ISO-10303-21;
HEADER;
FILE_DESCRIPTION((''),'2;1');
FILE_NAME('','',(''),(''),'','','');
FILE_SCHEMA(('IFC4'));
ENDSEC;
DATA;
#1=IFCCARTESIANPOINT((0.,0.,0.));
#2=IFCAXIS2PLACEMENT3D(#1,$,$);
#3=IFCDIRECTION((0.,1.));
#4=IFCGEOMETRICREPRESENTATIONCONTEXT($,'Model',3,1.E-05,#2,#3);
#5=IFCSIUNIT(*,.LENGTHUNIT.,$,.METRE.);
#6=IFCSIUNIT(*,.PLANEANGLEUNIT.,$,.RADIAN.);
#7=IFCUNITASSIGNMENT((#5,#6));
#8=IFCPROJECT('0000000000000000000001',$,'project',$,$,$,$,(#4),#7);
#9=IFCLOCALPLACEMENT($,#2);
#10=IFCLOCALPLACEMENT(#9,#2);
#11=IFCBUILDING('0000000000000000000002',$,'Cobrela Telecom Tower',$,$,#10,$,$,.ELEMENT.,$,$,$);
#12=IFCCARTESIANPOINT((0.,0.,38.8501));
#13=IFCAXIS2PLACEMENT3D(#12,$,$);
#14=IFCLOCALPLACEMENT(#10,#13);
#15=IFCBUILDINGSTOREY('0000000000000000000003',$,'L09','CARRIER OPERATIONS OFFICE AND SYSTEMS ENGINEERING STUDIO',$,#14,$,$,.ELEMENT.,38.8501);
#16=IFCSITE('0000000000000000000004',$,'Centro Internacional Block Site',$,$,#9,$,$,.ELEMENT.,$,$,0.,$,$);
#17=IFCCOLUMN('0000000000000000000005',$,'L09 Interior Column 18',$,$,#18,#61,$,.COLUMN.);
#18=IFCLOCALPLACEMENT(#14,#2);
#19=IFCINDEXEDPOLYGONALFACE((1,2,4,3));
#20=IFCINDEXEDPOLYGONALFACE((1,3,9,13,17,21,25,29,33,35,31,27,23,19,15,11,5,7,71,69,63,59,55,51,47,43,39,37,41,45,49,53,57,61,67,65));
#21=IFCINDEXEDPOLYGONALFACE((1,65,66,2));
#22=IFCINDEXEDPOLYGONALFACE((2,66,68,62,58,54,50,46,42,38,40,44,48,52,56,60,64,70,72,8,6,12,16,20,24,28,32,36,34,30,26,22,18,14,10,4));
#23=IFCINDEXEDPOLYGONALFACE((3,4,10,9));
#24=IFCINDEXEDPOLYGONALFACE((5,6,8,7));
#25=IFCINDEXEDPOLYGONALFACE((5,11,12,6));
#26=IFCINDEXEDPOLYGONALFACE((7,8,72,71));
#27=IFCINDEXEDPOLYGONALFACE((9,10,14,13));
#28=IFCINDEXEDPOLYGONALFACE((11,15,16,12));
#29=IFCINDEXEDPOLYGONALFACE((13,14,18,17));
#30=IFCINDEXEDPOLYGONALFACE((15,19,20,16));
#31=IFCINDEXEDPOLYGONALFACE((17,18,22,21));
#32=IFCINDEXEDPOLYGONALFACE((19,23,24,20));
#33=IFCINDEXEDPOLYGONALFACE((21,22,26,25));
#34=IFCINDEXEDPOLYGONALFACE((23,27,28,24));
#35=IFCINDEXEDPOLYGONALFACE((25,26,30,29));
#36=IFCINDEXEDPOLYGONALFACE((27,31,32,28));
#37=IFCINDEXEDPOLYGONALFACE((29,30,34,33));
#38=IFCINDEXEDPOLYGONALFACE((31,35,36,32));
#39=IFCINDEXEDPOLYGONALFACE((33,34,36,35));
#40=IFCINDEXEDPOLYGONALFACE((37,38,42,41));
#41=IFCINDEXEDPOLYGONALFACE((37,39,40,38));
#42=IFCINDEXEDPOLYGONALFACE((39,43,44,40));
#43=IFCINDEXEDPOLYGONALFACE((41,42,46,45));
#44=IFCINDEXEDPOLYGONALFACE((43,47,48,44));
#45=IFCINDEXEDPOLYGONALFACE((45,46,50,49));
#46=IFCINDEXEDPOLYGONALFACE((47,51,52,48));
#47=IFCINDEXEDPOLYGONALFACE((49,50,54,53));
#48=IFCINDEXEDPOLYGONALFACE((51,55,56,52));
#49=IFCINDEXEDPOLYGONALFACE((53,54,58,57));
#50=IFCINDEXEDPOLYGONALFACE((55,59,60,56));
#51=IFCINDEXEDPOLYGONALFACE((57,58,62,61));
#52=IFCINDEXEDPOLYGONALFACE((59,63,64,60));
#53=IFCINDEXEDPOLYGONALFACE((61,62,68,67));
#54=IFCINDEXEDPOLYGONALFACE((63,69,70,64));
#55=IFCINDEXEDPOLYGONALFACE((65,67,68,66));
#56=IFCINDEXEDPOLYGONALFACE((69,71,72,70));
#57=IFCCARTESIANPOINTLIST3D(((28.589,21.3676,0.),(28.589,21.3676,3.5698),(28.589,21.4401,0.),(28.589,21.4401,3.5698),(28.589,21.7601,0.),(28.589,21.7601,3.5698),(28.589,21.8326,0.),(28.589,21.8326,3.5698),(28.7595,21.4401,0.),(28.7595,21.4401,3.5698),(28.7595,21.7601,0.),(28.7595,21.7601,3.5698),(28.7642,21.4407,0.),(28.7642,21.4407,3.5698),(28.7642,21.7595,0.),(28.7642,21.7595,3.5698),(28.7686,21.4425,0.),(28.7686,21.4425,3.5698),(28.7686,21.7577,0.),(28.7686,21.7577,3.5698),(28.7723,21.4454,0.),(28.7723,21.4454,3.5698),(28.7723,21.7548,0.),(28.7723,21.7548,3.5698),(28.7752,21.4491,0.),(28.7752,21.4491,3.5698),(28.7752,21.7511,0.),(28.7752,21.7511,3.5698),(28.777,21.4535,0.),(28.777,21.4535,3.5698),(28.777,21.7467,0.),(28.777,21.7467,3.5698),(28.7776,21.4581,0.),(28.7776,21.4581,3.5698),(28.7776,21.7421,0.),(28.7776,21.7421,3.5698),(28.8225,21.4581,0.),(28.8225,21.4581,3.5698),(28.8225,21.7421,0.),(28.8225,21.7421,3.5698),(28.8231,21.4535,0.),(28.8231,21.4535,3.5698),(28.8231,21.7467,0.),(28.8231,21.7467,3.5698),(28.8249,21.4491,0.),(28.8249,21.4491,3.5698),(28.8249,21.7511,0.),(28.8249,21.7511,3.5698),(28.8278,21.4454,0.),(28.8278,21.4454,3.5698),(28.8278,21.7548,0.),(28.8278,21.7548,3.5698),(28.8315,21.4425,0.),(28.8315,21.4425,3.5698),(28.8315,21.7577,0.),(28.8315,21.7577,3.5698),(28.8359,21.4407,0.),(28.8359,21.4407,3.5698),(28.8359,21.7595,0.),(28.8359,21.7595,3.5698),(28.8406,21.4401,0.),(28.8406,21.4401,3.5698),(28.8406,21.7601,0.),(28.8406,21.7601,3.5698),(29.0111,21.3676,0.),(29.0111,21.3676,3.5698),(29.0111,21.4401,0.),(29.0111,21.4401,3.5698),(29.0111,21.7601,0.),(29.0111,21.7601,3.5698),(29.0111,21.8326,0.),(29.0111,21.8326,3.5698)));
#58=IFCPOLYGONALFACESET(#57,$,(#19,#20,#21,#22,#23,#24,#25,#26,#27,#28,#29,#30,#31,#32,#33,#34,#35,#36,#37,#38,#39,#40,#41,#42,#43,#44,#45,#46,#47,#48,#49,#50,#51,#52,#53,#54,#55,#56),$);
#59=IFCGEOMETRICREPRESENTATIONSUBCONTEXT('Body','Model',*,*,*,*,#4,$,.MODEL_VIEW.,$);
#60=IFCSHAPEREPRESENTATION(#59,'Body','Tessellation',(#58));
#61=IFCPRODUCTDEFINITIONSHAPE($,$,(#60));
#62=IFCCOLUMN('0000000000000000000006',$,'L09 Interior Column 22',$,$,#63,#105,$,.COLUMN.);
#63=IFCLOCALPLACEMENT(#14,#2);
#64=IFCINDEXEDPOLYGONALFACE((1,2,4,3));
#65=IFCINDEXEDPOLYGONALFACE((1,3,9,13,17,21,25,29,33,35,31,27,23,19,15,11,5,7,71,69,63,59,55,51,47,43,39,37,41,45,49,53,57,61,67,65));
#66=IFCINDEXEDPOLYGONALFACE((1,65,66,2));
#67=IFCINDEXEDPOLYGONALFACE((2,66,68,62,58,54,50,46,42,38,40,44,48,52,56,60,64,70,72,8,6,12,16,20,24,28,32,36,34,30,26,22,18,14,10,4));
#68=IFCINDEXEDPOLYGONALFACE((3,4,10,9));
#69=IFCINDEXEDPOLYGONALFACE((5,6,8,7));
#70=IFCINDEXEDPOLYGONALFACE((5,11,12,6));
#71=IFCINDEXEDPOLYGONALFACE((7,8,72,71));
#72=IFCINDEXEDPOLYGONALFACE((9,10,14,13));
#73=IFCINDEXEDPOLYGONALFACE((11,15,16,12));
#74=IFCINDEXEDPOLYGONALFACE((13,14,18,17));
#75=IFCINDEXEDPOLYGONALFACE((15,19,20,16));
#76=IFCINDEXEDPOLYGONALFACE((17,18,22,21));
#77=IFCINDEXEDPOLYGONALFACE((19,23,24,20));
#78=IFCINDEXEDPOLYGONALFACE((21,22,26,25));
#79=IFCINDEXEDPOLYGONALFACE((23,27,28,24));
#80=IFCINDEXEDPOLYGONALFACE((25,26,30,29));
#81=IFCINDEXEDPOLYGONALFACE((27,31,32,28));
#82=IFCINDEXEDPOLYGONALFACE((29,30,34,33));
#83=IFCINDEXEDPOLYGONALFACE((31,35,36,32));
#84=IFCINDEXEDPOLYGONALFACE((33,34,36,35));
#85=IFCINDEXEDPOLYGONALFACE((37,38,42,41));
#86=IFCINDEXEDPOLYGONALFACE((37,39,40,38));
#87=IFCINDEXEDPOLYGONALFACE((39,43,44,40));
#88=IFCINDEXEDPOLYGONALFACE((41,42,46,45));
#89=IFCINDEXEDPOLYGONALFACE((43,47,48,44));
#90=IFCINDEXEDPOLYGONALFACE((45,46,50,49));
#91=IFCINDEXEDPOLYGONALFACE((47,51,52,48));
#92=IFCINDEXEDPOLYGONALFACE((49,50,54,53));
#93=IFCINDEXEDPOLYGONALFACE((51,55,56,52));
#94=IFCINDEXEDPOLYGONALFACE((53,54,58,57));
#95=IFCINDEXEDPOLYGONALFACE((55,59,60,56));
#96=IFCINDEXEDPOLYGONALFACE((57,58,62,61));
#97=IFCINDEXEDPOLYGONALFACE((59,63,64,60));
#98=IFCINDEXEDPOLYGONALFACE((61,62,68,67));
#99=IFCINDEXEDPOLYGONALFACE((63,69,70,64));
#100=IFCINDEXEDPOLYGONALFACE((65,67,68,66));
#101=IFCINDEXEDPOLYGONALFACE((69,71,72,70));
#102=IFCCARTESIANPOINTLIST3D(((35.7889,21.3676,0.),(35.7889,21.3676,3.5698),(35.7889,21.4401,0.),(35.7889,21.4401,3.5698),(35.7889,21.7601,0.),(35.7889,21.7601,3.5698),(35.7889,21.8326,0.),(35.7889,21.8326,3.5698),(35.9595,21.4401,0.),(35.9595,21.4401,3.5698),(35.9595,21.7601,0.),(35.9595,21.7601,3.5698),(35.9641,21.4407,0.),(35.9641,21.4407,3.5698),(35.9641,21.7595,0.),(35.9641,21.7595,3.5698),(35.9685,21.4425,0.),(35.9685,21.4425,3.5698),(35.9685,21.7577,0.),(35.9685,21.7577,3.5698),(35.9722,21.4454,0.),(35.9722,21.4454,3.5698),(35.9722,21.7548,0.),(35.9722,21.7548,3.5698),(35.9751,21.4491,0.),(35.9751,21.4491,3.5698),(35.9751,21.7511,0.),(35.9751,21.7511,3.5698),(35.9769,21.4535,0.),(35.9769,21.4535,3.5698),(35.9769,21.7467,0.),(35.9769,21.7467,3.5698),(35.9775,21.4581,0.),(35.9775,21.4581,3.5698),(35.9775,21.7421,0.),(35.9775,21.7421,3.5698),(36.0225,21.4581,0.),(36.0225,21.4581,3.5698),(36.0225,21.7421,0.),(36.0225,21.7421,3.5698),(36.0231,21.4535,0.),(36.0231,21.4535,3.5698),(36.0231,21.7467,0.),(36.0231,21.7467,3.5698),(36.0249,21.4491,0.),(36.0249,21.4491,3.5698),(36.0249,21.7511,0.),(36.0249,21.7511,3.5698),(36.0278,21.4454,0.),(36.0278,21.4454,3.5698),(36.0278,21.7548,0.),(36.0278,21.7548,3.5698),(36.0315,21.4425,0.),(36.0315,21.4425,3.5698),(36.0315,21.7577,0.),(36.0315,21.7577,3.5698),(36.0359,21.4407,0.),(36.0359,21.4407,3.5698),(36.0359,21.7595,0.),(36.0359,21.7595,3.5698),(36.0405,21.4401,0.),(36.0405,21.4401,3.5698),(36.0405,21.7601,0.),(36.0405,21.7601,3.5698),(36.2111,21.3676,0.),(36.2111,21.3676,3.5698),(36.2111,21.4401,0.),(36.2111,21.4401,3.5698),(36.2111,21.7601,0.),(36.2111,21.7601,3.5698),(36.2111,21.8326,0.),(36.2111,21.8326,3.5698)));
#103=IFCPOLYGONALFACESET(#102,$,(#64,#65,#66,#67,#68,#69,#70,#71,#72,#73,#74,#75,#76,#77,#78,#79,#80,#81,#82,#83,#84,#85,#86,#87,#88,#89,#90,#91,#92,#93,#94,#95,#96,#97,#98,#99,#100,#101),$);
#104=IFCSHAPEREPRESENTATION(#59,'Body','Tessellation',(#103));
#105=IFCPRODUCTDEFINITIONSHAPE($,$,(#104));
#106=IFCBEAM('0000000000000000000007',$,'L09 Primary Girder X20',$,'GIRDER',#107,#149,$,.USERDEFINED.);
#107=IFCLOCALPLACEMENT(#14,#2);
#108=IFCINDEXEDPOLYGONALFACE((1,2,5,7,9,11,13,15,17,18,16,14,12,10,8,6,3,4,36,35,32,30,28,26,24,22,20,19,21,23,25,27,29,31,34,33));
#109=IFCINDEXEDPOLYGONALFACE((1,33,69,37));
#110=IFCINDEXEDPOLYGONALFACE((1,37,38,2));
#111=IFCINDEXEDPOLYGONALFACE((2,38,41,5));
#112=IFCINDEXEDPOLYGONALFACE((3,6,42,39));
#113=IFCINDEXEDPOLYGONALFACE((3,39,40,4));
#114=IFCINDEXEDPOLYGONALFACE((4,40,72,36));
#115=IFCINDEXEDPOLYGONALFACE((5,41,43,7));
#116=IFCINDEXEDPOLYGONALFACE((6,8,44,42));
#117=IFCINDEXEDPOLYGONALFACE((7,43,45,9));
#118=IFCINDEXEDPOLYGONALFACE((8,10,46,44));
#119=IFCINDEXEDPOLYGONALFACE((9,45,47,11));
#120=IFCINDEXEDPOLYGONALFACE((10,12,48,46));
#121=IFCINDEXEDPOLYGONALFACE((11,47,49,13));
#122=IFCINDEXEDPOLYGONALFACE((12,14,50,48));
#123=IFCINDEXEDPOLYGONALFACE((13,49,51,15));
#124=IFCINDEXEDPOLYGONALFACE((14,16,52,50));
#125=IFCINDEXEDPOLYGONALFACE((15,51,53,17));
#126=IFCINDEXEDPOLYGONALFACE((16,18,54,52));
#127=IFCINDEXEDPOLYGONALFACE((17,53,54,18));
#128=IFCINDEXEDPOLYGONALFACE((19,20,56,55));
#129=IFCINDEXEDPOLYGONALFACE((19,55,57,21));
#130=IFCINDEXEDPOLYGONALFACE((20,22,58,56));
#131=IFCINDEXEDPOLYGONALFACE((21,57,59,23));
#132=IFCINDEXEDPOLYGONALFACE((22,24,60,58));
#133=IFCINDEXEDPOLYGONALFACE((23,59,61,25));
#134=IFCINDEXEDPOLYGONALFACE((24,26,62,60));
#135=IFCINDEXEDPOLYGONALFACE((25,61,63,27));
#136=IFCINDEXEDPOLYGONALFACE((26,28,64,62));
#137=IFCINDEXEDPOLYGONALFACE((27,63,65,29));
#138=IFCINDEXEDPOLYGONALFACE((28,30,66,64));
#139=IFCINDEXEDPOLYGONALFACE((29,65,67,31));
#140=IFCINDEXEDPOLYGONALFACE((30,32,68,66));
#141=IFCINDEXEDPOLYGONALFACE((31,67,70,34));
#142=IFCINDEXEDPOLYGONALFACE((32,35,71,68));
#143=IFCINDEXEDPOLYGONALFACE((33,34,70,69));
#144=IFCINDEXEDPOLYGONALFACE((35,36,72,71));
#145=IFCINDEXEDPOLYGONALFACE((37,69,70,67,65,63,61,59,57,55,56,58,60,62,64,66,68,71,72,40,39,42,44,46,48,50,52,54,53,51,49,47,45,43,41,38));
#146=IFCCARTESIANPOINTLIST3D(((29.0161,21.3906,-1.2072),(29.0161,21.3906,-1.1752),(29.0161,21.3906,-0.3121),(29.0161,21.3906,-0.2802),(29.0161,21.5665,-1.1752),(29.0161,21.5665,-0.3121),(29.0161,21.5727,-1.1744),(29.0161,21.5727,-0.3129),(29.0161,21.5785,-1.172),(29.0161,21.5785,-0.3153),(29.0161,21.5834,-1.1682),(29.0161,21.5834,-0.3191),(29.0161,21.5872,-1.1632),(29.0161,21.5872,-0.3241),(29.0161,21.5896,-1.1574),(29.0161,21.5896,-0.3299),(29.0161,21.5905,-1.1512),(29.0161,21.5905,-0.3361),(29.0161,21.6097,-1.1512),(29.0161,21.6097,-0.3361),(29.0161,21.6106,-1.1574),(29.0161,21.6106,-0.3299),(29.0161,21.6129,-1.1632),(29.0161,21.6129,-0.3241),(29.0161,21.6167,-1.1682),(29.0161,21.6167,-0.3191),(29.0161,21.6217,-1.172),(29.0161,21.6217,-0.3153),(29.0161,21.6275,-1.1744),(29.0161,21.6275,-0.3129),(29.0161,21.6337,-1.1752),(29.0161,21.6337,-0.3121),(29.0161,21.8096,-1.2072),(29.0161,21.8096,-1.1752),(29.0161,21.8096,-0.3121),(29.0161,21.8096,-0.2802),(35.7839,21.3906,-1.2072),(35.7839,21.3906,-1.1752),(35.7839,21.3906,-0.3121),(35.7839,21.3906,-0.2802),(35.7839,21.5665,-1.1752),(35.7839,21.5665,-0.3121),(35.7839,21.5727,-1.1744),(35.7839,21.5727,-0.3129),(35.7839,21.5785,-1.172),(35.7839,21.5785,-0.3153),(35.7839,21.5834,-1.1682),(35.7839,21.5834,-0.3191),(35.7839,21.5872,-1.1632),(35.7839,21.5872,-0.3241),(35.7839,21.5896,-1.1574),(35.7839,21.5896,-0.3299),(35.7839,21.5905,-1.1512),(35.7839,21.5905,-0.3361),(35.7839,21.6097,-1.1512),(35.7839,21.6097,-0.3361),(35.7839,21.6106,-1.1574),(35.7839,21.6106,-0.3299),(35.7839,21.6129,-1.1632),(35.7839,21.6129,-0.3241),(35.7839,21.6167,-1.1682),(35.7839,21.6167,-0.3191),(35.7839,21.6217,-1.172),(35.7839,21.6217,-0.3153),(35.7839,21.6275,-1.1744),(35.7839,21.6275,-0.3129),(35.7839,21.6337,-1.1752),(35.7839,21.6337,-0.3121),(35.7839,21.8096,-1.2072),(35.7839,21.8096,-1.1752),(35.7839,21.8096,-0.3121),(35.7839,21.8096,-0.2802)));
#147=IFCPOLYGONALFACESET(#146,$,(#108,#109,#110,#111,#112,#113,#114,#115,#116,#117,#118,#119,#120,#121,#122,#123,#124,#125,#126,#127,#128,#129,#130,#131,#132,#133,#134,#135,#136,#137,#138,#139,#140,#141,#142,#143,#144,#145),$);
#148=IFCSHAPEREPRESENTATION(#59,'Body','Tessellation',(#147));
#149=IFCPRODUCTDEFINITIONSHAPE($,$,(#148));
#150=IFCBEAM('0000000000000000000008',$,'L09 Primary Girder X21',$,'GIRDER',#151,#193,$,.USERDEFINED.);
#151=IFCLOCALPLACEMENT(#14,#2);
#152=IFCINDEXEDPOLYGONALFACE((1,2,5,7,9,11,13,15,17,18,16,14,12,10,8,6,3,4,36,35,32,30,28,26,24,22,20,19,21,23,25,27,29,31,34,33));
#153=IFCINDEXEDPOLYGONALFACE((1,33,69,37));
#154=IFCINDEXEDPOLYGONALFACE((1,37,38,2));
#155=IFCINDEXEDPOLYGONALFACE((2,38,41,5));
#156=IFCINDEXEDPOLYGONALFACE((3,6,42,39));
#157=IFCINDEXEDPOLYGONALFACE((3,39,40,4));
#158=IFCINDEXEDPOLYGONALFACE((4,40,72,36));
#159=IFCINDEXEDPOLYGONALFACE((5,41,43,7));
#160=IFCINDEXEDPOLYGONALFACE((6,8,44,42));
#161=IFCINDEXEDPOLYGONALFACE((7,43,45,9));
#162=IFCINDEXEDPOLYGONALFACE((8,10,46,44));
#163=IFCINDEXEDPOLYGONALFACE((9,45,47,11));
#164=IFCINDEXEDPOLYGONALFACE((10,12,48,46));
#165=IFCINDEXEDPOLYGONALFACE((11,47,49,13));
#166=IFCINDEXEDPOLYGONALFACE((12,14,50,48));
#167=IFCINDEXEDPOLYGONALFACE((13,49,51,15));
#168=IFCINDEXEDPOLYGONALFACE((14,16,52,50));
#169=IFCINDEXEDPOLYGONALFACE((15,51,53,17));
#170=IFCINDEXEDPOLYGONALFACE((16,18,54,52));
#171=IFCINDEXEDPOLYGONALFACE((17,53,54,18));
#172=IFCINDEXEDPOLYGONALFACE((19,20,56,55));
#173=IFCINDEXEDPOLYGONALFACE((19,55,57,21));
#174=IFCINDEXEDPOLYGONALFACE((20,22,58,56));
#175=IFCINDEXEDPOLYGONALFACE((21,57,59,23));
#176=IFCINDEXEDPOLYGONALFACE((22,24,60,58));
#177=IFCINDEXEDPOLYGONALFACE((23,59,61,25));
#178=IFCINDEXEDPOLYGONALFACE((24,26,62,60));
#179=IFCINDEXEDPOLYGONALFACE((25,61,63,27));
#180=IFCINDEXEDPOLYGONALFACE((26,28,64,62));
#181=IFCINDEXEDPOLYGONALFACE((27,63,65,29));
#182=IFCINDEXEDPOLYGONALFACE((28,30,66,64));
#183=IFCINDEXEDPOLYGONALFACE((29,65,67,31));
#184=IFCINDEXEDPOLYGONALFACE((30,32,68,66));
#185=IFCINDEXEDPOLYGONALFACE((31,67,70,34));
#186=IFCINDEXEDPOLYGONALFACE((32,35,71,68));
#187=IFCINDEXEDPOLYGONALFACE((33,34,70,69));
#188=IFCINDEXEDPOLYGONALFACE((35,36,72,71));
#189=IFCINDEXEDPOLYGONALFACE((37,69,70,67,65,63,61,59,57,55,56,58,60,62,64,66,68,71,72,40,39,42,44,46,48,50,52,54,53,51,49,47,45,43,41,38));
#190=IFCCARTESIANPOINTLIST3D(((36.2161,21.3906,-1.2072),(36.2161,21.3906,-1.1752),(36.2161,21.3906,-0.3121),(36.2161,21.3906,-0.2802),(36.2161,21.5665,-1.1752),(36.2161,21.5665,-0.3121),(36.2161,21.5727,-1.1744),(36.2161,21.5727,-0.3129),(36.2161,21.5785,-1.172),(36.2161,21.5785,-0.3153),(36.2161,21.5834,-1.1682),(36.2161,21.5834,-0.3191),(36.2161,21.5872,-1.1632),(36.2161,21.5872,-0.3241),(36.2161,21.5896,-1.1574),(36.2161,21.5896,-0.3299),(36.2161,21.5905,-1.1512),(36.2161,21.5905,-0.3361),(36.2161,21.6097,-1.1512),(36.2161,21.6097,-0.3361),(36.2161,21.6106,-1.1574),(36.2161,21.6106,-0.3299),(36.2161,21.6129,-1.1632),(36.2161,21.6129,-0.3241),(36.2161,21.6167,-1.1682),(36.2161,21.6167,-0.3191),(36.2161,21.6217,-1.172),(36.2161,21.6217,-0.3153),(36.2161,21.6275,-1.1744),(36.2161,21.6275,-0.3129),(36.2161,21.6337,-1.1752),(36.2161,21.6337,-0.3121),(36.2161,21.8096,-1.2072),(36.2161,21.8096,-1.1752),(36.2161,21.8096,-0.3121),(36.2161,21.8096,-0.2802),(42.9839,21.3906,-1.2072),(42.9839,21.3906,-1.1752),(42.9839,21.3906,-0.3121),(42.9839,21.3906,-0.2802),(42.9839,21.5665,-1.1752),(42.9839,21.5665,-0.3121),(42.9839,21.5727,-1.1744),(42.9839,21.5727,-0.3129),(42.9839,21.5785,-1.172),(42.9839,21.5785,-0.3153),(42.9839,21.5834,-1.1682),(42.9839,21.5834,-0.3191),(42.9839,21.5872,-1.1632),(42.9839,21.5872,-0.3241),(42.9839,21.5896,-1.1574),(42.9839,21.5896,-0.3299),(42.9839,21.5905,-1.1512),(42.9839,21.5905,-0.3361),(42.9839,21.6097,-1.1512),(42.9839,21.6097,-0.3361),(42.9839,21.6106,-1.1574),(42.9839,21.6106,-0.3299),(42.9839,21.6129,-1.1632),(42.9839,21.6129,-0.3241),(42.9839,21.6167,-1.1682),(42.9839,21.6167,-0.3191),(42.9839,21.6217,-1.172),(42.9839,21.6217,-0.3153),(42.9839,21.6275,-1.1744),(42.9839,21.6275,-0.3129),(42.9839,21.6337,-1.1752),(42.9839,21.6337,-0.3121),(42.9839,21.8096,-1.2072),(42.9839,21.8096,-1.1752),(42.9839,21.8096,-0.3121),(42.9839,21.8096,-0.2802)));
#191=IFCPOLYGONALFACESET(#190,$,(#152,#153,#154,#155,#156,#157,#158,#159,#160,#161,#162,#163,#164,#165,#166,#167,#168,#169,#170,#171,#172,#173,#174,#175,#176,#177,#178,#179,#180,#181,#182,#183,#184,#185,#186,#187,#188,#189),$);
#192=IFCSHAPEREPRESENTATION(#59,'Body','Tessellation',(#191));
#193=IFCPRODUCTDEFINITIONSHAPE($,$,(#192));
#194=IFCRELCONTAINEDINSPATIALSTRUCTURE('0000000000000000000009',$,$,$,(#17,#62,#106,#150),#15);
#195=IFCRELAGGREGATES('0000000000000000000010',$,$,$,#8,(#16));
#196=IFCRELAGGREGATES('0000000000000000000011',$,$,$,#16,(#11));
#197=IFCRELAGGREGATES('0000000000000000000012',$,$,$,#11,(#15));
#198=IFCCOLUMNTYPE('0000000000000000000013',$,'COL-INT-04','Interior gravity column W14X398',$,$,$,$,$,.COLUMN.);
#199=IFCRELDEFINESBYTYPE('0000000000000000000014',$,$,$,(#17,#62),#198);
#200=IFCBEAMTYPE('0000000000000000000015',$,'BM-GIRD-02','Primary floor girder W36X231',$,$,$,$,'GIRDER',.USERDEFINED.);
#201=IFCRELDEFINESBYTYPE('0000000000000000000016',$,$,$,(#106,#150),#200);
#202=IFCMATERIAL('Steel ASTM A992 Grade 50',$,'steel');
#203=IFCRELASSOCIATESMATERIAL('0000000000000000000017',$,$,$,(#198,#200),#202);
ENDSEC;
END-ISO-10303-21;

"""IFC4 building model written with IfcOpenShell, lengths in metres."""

from ifc_helpers import new_model, si_unit, direction, frame, origin, origin_2d, place, context, subcontext, project, spatial, i_section, extrude, material, material_profile, profile_set, type_object, element, save


model = new_model("IFC4")

# Units and contexts
model_context = context("Model", 3, precision=1e-05, world=origin(), true_north=direction((0.0, 1.0)))
body_context = subcontext(model_context, "Body", "Model", "MODEL_VIEW")
ifc_project = project(units=[si_unit("LENGTHUNIT", "METRE"), si_unit("PLANEANGLEUNIT", "RADIAN")], contexts=[model_context])

# Site, building, storey
site_placement = place(None, origin())
site = spatial("IfcSite", under=ifc_project, at=site_placement, Name="Centro Internacional Block Site", CompositionType="ELEMENT", RefElevation=0.0)
building_placement = place(site_placement, origin())
building = spatial("IfcBuilding", under=site, at=building_placement, Name="Cobrela Telecom Tower", CompositionType="ELEMENT")
storey_placement = place(building_placement, frame((0.0, 0.0, 38.8501)))
storey = spatial("IfcBuildingStorey", under=building, at=storey_placement, Name="L09", Description="CARRIER OPERATIONS OFFICE AND SYSTEMS ENGINEERING STUDIO", CompositionType="ELEMENT", Elevation=38.8501)

# Columns
ifc_material_1 = material(Name="Steel ASTM A992 Grade 50", Category="steel")
ifc_material_profile_1 = material_profile(ifc_material_1, i_section(OverallWidth=0.4221, OverallDepth=0.4651, WebThickness=0.0449, FlangeThickness=0.0725, FilletRadius=0.0181, at=origin_2d()), Name="W14X398")
ifc_profile_set_1 = profile_set([ifc_material_profile_1], Name="Steel ASTM A992 Grade 50")
column_type = type_object("IfcColumnType", Name="COL-INT-04", Description="Interior gravity column W14X398", PredefinedType="COLUMN", material=ifc_profile_set_1)
for number, where, z_axis, x_axis, name in (
    (1, (28.8, 21.6001, 0.0), (0.0, 0.0, 1.0), (1.0, 0.0, 0.0), "L09 Interior Column 18"),
    (2, (36.0, 21.6001, 0.0), (0.0, 0.0, 1.0), (1.0, 0.0, 0.0), "L09 Interior Column 22"),
):
    element("IfcColumn", number, at=place(storey_placement, frame(where, z_axis=z_axis, x_axis=x_axis)), inside=storey, type_object=column_type, Name=name, PredefinedType="COLUMN", context=body_context, shape_type="SweptSolid", body=[
        extrude(i_section(OverallWidth=0.4221, OverallDepth=0.4651, WebThickness=0.0449, FlangeThickness=0.0725, FilletRadius=0.0181, at=origin_2d()), origin(), (0.0, 0.0, 1.0), 3.5698),
    ])

# Beams
ifc_material_profile_2 = material_profile(ifc_material_1, i_section(OverallWidth=0.4189, OverallDepth=0.927, WebThickness=0.0193, FlangeThickness=0.032, FilletRadius=0.0239, at=origin_2d()), Name="W36X231")
ifc_profile_set_2 = profile_set([ifc_material_profile_2], Name="Steel ASTM A992 Grade 50")
beam_type_1 = type_object("IfcBeamType", Name="BM-GIRD-02", Description="Primary floor girder W36X231", ElementType="GIRDER", PredefinedType="USERDEFINED", material=ifc_profile_set_2)
for number, where, z_axis, x_axis, name in (
    (3, (29.0161, 21.6001, -0.7437), (1.0, 0.0, 0.0), (0.0, 1.0, 0.0), "L09 Primary Girder X20"),
    (4, (36.2161, 21.6001, -0.7437), (1.0, 0.0, 0.0), (0.0, 1.0, 0.0), "L09 Primary Girder X21"),
):
    element("IfcBeam", number, at=place(storey_placement, frame(where, z_axis=z_axis, x_axis=x_axis)), inside=storey, type_object=beam_type_1, Name=name, ObjectType="GIRDER", PredefinedType="USERDEFINED", context=body_context, shape_type="SweptSolid", body=[
        extrude(i_section(OverallWidth=0.4189, OverallDepth=0.927, WebThickness=0.0193, FlangeThickness=0.032, FilletRadius=0.0239, at=origin_2d()), origin(), (0.0, 0.0, 1.0), 6.7678),
    ])

save(model, "model.ifc")
